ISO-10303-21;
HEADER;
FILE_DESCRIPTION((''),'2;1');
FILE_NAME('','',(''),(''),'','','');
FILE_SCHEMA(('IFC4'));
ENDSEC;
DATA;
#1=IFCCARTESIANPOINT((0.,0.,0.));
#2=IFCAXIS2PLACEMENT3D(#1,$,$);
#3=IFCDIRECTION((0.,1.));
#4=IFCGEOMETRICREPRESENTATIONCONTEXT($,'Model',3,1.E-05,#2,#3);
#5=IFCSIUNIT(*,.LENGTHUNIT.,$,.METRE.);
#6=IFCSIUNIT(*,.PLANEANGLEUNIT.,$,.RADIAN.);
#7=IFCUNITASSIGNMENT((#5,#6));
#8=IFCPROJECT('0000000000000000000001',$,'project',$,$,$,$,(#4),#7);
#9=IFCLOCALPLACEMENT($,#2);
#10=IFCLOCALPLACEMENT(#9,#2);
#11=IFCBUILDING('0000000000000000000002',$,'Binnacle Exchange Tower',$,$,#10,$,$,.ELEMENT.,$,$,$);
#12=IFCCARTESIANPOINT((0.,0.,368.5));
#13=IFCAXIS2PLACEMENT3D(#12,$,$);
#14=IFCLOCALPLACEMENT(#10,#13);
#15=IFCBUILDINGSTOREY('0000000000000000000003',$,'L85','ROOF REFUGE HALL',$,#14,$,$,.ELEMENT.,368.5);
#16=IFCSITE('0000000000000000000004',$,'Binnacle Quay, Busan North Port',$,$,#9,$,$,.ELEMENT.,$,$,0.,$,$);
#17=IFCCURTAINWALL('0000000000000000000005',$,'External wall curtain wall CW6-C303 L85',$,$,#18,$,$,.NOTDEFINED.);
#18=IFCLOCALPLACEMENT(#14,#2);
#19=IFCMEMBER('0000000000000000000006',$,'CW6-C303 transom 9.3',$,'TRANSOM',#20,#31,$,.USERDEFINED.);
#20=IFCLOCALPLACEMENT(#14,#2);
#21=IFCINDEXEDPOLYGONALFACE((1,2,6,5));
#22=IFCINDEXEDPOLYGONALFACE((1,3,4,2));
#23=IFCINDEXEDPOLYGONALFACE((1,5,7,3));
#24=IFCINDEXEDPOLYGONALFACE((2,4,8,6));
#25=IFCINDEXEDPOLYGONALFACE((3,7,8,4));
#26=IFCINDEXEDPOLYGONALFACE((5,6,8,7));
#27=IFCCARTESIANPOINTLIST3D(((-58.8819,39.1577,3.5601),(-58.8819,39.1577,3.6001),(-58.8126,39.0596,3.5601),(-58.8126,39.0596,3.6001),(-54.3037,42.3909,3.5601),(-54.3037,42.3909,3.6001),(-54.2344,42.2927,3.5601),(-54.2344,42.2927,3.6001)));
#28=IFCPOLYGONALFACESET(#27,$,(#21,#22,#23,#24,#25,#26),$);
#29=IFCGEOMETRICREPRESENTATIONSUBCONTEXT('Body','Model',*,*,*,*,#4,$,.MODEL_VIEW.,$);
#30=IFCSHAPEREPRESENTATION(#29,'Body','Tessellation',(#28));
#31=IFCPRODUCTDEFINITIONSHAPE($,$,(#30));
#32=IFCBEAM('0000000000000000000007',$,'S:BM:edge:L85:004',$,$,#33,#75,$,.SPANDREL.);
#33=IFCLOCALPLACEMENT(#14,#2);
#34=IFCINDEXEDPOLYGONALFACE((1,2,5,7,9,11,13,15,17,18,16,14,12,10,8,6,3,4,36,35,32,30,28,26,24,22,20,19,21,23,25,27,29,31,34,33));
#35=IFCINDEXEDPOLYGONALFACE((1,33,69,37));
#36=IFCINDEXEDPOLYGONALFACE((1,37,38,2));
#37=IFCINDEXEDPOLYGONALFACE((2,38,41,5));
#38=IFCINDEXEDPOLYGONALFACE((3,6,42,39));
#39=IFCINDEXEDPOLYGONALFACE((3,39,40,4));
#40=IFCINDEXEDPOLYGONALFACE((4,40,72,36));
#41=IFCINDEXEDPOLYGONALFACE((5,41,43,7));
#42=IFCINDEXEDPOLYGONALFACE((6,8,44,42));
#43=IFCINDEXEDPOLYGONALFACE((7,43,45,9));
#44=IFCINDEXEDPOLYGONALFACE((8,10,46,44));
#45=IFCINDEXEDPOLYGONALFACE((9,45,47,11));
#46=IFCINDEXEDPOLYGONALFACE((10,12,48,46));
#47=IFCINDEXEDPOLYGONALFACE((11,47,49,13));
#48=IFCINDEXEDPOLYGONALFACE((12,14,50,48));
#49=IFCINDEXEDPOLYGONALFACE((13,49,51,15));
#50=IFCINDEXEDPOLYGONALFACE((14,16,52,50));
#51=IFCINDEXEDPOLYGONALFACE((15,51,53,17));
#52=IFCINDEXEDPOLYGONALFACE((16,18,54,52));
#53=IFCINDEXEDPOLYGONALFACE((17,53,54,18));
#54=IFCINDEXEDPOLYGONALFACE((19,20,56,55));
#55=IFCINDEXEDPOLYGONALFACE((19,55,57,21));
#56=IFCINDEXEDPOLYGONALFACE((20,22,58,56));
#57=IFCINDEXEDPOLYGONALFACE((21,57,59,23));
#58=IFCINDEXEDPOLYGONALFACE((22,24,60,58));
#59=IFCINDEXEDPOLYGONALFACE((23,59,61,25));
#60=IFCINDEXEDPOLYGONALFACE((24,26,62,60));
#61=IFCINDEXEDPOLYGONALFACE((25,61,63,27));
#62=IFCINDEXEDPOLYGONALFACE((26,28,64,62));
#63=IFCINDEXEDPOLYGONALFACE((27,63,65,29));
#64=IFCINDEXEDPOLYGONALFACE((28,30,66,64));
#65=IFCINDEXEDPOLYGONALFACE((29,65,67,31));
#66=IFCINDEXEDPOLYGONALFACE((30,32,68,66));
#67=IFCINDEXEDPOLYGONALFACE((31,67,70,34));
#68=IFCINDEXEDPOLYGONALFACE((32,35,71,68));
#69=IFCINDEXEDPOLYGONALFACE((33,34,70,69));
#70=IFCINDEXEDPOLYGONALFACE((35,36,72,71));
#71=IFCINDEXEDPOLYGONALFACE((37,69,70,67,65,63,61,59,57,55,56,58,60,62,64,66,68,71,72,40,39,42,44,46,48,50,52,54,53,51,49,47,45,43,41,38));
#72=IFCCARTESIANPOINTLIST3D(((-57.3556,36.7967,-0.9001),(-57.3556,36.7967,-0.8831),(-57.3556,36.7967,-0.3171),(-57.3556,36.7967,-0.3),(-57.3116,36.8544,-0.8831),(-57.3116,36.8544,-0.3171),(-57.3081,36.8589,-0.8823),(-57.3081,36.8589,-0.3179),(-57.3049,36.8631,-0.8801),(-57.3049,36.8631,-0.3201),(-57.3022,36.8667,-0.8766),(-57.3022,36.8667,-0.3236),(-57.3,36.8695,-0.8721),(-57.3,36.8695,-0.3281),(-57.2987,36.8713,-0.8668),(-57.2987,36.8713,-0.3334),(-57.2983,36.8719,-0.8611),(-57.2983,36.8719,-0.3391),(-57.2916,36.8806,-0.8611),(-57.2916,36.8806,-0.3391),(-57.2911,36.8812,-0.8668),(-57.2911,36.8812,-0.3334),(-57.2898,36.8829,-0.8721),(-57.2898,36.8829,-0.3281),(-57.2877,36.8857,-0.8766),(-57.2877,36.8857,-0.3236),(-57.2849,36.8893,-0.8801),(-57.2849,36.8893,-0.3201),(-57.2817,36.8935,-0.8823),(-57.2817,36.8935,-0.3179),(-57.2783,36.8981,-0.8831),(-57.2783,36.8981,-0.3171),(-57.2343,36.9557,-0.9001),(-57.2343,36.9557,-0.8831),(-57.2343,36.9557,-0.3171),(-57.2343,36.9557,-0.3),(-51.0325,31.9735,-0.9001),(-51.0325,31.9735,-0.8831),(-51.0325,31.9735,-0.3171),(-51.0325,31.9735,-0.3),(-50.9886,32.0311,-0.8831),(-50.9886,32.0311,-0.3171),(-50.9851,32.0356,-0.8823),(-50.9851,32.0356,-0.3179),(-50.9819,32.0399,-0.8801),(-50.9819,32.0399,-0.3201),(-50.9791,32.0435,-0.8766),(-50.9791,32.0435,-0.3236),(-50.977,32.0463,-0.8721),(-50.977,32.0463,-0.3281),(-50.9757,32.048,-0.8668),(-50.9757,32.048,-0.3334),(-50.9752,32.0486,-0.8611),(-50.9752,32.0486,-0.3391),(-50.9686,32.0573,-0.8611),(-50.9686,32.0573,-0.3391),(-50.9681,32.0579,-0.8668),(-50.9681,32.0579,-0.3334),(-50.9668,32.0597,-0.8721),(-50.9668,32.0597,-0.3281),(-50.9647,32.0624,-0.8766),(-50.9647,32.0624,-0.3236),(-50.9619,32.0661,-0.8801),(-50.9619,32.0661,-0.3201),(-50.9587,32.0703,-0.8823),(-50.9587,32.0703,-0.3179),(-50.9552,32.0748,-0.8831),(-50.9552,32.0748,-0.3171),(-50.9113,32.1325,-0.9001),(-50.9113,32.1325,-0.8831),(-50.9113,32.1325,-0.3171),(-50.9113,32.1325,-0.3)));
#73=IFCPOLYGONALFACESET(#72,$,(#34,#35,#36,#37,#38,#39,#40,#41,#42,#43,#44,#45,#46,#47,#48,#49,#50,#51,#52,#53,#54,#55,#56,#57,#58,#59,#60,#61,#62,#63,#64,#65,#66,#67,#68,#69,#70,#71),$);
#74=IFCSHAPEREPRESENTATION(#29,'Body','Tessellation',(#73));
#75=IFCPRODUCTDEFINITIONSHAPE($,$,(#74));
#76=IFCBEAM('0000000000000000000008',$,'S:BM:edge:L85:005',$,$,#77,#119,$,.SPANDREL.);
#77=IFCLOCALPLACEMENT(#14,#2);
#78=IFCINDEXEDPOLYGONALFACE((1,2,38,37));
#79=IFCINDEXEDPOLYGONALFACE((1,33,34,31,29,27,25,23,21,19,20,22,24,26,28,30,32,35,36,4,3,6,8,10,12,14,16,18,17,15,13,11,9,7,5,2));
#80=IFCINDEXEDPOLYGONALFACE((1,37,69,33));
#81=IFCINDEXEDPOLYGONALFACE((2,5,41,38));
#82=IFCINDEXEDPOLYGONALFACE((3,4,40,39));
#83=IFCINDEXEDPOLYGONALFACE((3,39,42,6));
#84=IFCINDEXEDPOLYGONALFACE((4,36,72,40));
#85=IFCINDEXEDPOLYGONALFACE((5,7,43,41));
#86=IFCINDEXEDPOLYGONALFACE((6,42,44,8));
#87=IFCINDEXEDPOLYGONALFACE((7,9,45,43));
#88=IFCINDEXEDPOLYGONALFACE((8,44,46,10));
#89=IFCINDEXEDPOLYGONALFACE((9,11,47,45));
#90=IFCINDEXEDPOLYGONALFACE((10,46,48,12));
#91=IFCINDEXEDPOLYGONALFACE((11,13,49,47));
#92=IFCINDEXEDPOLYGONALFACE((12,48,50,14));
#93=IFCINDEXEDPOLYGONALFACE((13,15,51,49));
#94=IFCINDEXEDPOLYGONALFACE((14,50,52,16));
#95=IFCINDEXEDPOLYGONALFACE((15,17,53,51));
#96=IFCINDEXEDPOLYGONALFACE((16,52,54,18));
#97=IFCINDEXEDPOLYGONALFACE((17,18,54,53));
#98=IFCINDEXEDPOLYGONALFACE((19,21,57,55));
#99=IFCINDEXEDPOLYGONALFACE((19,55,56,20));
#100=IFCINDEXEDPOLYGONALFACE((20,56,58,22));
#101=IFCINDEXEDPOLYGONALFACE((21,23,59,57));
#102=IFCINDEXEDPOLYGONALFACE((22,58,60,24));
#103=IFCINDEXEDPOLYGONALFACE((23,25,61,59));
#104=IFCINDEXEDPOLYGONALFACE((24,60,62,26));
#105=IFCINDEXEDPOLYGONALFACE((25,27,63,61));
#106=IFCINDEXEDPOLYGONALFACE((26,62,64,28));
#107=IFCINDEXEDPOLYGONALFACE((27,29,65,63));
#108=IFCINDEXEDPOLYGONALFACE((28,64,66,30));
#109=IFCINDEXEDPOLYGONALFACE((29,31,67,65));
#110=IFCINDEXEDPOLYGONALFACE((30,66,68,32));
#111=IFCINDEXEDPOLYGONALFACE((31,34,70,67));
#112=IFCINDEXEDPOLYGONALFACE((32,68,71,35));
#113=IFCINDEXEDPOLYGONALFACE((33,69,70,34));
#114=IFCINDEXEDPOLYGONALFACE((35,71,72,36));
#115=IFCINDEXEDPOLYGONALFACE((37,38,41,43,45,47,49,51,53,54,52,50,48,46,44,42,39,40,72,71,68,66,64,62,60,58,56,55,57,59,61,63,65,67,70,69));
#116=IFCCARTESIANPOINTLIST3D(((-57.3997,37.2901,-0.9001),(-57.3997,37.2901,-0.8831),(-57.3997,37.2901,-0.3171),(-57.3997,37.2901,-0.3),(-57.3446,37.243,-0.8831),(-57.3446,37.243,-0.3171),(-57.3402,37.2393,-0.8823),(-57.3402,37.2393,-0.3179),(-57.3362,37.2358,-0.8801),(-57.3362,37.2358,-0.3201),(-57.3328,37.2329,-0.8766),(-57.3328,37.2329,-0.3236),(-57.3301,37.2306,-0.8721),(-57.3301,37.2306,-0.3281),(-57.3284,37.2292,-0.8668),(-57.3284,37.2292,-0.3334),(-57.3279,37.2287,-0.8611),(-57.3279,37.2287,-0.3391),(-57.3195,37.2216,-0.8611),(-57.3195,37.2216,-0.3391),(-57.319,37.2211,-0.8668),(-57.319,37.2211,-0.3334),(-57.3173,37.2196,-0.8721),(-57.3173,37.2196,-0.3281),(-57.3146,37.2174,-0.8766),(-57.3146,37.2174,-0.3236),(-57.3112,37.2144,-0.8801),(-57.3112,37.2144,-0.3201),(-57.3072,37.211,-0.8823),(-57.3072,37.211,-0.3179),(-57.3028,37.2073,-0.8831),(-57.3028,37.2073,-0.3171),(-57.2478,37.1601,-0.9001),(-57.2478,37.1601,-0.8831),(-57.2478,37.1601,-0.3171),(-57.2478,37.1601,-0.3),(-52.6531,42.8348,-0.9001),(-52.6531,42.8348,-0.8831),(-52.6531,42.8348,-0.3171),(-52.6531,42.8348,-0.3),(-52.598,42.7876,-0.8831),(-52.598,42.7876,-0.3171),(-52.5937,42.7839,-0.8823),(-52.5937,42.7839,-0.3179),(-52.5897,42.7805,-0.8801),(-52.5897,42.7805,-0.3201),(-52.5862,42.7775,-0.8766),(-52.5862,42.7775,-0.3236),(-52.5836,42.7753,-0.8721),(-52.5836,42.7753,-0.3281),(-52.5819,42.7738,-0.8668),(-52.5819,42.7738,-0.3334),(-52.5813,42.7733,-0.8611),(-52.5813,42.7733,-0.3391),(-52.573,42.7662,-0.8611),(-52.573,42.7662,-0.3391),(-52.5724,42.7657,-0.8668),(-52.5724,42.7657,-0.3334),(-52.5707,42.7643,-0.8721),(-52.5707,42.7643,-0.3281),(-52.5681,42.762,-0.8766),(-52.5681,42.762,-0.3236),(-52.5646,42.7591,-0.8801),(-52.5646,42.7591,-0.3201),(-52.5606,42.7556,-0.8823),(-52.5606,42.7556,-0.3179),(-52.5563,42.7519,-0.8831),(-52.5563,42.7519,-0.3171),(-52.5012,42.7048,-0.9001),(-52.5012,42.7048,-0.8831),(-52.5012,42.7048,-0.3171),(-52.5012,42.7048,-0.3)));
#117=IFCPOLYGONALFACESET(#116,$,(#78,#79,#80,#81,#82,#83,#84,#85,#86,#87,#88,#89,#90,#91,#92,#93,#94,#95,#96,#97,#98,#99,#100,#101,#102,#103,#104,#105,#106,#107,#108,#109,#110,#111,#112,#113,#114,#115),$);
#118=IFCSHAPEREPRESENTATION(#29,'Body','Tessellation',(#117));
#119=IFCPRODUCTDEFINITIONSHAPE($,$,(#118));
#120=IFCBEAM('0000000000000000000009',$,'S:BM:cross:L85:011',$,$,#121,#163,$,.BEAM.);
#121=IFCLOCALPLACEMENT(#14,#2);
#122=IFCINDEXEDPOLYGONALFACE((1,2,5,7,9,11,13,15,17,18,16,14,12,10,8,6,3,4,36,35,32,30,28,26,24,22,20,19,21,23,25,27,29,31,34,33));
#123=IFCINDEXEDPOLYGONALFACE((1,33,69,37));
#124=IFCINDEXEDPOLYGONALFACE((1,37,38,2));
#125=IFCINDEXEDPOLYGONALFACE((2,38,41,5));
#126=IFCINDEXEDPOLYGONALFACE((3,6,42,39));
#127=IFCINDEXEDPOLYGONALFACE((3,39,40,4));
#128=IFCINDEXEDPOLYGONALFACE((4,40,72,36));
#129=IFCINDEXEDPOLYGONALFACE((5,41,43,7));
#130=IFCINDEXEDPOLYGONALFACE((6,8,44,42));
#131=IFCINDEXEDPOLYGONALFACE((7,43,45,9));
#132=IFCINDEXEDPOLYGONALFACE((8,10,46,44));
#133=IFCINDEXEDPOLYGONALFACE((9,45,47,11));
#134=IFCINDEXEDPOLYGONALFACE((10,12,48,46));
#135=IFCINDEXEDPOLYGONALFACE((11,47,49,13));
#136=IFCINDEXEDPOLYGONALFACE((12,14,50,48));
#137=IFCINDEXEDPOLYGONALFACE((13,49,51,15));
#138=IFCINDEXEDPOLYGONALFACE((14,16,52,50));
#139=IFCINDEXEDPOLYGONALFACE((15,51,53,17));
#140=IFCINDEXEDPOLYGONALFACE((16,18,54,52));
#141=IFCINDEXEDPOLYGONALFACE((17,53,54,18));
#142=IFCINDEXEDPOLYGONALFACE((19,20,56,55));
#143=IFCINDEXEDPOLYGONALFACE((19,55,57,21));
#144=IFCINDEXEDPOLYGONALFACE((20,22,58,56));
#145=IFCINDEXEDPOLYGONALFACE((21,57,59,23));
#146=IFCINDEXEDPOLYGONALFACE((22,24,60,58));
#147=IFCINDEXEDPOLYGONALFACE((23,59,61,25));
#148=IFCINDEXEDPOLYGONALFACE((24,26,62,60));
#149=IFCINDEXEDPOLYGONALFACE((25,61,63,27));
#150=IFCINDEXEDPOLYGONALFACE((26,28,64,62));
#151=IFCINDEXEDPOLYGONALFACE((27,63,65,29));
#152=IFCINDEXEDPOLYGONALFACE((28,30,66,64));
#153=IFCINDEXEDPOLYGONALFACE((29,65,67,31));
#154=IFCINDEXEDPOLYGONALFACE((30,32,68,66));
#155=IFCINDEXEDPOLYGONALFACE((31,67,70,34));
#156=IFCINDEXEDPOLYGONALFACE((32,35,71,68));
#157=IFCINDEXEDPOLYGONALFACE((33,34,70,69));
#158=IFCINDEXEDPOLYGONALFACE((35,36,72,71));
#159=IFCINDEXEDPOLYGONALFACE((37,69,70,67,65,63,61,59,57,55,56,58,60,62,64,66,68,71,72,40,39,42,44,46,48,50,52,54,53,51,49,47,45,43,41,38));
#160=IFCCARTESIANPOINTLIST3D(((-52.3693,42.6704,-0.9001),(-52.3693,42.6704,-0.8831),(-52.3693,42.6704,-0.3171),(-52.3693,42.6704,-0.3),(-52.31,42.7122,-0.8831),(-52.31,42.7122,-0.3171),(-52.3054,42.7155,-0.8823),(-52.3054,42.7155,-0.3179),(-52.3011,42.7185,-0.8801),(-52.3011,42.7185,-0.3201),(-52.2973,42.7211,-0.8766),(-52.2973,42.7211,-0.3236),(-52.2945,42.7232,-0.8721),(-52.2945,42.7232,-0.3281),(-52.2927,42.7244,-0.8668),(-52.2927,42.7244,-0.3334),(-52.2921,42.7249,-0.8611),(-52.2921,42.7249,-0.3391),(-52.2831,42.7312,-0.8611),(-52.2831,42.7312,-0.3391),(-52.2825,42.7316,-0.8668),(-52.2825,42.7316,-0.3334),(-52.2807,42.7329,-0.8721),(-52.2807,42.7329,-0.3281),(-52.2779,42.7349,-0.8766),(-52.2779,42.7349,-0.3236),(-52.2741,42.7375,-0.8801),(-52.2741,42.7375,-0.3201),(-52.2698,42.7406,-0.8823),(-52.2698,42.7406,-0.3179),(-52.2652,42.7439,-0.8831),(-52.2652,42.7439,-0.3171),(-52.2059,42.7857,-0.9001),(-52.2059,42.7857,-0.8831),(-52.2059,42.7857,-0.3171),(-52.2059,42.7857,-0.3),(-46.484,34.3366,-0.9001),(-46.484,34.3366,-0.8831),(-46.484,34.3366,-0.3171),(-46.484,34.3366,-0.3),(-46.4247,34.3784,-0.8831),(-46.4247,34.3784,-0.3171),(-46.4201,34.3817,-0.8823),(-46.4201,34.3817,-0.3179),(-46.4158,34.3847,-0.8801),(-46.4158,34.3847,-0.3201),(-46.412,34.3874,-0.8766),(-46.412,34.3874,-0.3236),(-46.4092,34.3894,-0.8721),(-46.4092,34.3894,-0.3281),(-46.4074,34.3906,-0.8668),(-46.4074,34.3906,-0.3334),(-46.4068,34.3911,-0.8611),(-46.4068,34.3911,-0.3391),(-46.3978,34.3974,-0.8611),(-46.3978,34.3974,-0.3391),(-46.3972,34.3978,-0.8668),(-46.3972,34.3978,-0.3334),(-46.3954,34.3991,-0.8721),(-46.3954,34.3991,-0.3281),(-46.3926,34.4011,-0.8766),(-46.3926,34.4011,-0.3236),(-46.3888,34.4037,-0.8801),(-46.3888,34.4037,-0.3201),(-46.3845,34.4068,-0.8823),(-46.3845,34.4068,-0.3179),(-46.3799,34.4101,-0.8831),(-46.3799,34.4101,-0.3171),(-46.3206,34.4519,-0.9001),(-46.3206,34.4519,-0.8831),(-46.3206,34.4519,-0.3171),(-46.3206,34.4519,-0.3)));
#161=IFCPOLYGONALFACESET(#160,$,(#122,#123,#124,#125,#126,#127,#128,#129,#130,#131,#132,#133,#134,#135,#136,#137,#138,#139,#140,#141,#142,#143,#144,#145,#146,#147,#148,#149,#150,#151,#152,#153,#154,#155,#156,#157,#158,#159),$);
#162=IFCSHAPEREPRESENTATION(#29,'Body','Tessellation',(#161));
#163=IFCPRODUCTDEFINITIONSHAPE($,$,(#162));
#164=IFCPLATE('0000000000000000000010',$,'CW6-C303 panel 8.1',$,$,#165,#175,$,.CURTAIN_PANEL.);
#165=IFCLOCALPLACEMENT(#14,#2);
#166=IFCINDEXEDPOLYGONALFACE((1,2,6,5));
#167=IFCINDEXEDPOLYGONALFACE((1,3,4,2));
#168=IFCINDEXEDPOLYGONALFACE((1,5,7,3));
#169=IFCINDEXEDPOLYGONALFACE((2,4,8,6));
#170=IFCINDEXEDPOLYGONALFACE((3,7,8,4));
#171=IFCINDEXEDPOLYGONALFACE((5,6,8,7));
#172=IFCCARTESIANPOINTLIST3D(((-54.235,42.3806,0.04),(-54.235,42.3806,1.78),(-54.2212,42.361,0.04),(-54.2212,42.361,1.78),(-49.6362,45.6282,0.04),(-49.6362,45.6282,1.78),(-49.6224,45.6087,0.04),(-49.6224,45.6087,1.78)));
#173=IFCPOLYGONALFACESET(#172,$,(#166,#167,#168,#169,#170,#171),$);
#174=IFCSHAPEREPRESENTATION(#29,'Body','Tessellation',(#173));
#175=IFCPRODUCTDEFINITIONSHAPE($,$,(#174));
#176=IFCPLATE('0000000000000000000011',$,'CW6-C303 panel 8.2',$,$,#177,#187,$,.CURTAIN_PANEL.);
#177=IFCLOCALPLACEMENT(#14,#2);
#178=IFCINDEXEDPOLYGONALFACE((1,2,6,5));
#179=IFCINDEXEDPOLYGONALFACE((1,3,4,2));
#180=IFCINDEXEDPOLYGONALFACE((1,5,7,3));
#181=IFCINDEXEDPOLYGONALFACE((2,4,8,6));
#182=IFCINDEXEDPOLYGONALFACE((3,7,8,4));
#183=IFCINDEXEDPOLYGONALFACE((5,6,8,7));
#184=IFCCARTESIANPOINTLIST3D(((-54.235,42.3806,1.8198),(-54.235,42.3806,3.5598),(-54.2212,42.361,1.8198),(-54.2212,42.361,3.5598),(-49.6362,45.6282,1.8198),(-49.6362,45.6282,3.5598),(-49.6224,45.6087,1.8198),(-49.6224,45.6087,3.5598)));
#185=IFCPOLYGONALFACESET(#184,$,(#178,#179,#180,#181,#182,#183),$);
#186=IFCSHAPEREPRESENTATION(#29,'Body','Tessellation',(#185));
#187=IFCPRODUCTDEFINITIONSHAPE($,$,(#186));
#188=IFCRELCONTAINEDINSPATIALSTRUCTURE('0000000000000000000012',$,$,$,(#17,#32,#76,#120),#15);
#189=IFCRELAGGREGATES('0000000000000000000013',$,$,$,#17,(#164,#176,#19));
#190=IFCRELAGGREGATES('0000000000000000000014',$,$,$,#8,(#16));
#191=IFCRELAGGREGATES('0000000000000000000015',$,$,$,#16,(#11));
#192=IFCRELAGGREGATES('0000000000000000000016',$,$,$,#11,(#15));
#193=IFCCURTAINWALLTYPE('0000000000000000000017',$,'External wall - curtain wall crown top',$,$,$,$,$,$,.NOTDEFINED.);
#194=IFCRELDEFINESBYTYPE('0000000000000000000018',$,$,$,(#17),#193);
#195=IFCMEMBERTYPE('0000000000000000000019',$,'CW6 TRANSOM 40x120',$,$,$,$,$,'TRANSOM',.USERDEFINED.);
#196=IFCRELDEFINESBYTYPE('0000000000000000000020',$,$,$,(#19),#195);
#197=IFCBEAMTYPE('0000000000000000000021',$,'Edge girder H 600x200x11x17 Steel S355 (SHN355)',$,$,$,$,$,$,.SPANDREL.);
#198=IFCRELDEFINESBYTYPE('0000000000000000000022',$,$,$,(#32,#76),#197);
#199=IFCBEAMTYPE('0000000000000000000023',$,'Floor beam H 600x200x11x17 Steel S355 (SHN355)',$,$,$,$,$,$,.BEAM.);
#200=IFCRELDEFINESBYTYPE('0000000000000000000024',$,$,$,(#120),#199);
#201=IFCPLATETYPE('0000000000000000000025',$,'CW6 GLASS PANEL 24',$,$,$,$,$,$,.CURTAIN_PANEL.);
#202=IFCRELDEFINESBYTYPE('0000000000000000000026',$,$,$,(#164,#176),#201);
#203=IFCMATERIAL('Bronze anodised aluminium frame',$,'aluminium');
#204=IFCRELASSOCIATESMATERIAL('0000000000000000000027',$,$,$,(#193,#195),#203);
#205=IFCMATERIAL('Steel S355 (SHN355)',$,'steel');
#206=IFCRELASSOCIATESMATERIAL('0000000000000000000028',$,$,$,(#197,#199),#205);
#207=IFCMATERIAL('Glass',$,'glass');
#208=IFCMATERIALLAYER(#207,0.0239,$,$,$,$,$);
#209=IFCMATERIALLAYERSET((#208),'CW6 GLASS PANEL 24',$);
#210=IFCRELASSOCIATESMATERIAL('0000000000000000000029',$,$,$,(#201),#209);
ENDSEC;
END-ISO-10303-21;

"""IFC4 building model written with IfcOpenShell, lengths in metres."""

from ifc_helpers import new_model, si_unit, direction, frame, origin, origin_2d, place, context, subcontext, project, spatial, rectangle, i_section, extrude, material, layer, layer_set, material_profile, profile_set, type_object, element, aggregate, save


model = new_model("IFC4")

# Units and contexts
model_context = context("Model", 3, precision=1e-05, world=origin(), true_north=direction((0.0, 1.0)))
body_context = subcontext(model_context, "Body", "Model", "MODEL_VIEW")
ifc_project = project(units=[si_unit("LENGTHUNIT", "METRE"), si_unit("PLANEANGLEUNIT", "RADIAN")], contexts=[model_context])

# Site, building, storey
site_placement = place(None, origin())
site = spatial("IfcSite", under=ifc_project, at=site_placement, Name="Binnacle Quay, Busan North Port", CompositionType="ELEMENT", RefElevation=0.0)
building_placement = place(site_placement, origin())
building = spatial("IfcBuilding", under=site, at=building_placement, Name="Binnacle Exchange Tower", CompositionType="ELEMENT")
storey_placement = place(building_placement, frame((0.0, 0.0, 368.5)))
storey = spatial("IfcBuildingStorey", under=building, at=storey_placement, Name="L85", Description="ROOF REFUGE HALL", CompositionType="ELEMENT", Elevation=368.5)

# Shared definitions
ifc_material_1 = material(Name="Steel S355 (SHN355)", Category="steel")

# Curtain wall, member
ifc_material_2 = material(Name="Bronze anodised aluminium frame", Category="aluminium")
curtain_wall_type = type_object("IfcCurtainWallType", Name="External wall - curtain wall crown top", PredefinedType="NOTDEFINED", material=ifc_material_2)
curtain_wall_placement = place(storey_placement, origin())
curtain_wall = element("IfcCurtainWall", 1, at=curtain_wall_placement, inside=storey, type_object=curtain_wall_type, Name="External wall curtain wall CW6-C303 L85", PredefinedType="NOTDEFINED")
ifc_material_profile_1 = material_profile(ifc_material_2, rectangle(XDim=0.1201, YDim=0.04, at=origin_2d()), Name="AL 120x40")
ifc_profile_set_1 = profile_set([ifc_material_profile_1], Name="Bronze anodised aluminium frame")
member_type_1 = type_object("IfcMemberType", Name="CW6 TRANSOM 40x120", ElementType="TRANSOM", PredefinedType="USERDEFINED", material=ifc_profile_set_1)
member_1_placement = place(storey_placement, frame((-54.269, 42.3418, 3.5801), z_axis=(-0.816839, -0.576866, 0.0), x_axis=(0.576866, -0.816839, 0.0)))
member_1 = element("IfcMember", 2, at=member_1_placement, type_object=member_type_1, Name="CW6-C303 transom 9.3", ObjectType="TRANSOM", PredefinedType="USERDEFINED", context=body_context, shape_type="SweptSolid", body=[
    extrude(rectangle(XDim=0.1201, YDim=0.04, at=origin_2d()), origin(), (0.0, 0.0, 1.0), 5.6047),
])

# Beams
ifc_material_profile_2 = material_profile(ifc_material_1, i_section(OverallWidth=0.2, OverallDepth=0.6001, WebThickness=0.011, FlangeThickness=0.0171, FilletRadius=0.022, at=origin_2d()), Name="H 600x200x11x17")
ifc_profile_set_2 = profile_set([ifc_material_profile_2], Name="Steel S355 (SHN355)")
beam_type_1 = type_object("IfcBeamType", Name="Edge girder H 600x200x11x17 Steel S355 (SHN355)", PredefinedType="SPANDREL", material=ifc_profile_set_2)
beam_1_placement = place(storey_placement, frame((-57.2949, 36.8762, -0.6001), z_axis=(0.795085, -0.606498, 0.0), x_axis=(0.606498, 0.795085, 0.0)))
element("IfcBeam", 3, at=beam_1_placement, inside=storey, type_object=beam_type_1, Name="S:BM:edge:L85:004", PredefinedType="SPANDREL", context=body_context, shape_type="SweptSolid", body=[
    extrude(i_section(OverallWidth=0.2, OverallDepth=0.6001, WebThickness=0.011, FlangeThickness=0.0171, FilletRadius=0.022, at=origin_2d()), origin(), (0.0, 0.0, 1.0), 7.9526),
])
beam_2_placement = place(storey_placement, frame((-52.5771, 42.7698, -0.6001), z_axis=(-0.650317, -0.759663, 0.0), x_axis=(0.759663, -0.650317, 0.0)))
element("IfcBeam", 4, at=beam_2_placement, inside=storey, type_object=beam_type_1, Name="S:BM:edge:L85:005", PredefinedType="SPANDREL", context=body_context, shape_type="SweptSolid", body=[
    extrude(i_section(OverallWidth=0.2, OverallDepth=0.6001, WebThickness=0.011, FlangeThickness=0.0171, FilletRadius=0.022, at=origin_2d()), origin(), (0.0, 0.0, 1.0), 7.2988),
])
ifc_material_profile_3 = material_profile(ifc_material_1, i_section(OverallWidth=0.2, OverallDepth=0.6001, WebThickness=0.011, FlangeThickness=0.0171, FilletRadius=0.022, at=origin_2d()), Name="H 600x200x11x17")
ifc_profile_set_3 = profile_set([ifc_material_profile_3], Name="Steel S355 (SHN355)")
beam_type_2 = type_object("IfcBeamType", Name="Floor beam H 600x200x11x17 Steel S355 (SHN355)", PredefinedType="BEAM", material=ifc_profile_set_3)
beam_3_placement = place(storey_placement, frame((-52.2876, 42.728, -0.6001), z_axis=(0.576854, -0.816847, 0.0), x_axis=(0.816847, 0.576854, 0.0)))
element("IfcBeam", 5, at=beam_3_placement, inside=storey, type_object=beam_type_2, Name="S:BM:cross:L85:011", PredefinedType="BEAM", context=body_context, shape_type="SweptSolid", body=[
    extrude(i_section(OverallWidth=0.2, OverallDepth=0.6001, WebThickness=0.011, FlangeThickness=0.0171, FilletRadius=0.022, at=origin_2d()), origin(), (0.0, 0.0, 1.0), 10.2024),
])

# Plates
ifc_material_3 = material(Name="Glass", Category="glass")
ifc_layer_1 = layer(ifc_material_3, 0.0239)
ifc_layer_set_1 = layer_set([ifc_layer_1], Name="CW6 GLASS PANEL 24")
plate_type = type_object("IfcPlateType", Name="CW6 GLASS PANEL 24", PredefinedType="CURTAIN_PANEL", material=ifc_layer_set_1)
plate_1_placement = place(storey_placement, frame((-51.9287, 43.9946, 0.04), z_axis=(0.0, 0.0, 1.0), x_axis=(-0.816847, -0.576854, 0.0)))
plate_1 = element("IfcPlate", 6, at=plate_1_placement, type_object=plate_type, Name="CW6-C303 panel 8.1", PredefinedType="CURTAIN_PANEL", context=body_context, shape_type="SweptSolid", body=[
    extrude(rectangle(XDim=5.6299, YDim=0.0239, at=origin_2d()), origin(), (0.0, 0.0, 1.0), 1.74),
])
plate_2_placement = place(storey_placement, frame((-51.9287, 43.9946, 1.8198), z_axis=(0.0, 0.0, 1.0), x_axis=(-0.816847, -0.576854, 0.0)))
plate_2 = element("IfcPlate", 7, at=plate_2_placement, type_object=plate_type, Name="CW6-C303 panel 8.2", PredefinedType="CURTAIN_PANEL", context=body_context, shape_type="SweptSolid", body=[
    extrude(rectangle(XDim=5.6299, YDim=0.0239, at=origin_2d()), origin(), (0.0, 0.0, 1.0), 1.74),
])
aggregate(curtain_wall, [plate_1, plate_2, member_1])

save(model, "model.ifc")
